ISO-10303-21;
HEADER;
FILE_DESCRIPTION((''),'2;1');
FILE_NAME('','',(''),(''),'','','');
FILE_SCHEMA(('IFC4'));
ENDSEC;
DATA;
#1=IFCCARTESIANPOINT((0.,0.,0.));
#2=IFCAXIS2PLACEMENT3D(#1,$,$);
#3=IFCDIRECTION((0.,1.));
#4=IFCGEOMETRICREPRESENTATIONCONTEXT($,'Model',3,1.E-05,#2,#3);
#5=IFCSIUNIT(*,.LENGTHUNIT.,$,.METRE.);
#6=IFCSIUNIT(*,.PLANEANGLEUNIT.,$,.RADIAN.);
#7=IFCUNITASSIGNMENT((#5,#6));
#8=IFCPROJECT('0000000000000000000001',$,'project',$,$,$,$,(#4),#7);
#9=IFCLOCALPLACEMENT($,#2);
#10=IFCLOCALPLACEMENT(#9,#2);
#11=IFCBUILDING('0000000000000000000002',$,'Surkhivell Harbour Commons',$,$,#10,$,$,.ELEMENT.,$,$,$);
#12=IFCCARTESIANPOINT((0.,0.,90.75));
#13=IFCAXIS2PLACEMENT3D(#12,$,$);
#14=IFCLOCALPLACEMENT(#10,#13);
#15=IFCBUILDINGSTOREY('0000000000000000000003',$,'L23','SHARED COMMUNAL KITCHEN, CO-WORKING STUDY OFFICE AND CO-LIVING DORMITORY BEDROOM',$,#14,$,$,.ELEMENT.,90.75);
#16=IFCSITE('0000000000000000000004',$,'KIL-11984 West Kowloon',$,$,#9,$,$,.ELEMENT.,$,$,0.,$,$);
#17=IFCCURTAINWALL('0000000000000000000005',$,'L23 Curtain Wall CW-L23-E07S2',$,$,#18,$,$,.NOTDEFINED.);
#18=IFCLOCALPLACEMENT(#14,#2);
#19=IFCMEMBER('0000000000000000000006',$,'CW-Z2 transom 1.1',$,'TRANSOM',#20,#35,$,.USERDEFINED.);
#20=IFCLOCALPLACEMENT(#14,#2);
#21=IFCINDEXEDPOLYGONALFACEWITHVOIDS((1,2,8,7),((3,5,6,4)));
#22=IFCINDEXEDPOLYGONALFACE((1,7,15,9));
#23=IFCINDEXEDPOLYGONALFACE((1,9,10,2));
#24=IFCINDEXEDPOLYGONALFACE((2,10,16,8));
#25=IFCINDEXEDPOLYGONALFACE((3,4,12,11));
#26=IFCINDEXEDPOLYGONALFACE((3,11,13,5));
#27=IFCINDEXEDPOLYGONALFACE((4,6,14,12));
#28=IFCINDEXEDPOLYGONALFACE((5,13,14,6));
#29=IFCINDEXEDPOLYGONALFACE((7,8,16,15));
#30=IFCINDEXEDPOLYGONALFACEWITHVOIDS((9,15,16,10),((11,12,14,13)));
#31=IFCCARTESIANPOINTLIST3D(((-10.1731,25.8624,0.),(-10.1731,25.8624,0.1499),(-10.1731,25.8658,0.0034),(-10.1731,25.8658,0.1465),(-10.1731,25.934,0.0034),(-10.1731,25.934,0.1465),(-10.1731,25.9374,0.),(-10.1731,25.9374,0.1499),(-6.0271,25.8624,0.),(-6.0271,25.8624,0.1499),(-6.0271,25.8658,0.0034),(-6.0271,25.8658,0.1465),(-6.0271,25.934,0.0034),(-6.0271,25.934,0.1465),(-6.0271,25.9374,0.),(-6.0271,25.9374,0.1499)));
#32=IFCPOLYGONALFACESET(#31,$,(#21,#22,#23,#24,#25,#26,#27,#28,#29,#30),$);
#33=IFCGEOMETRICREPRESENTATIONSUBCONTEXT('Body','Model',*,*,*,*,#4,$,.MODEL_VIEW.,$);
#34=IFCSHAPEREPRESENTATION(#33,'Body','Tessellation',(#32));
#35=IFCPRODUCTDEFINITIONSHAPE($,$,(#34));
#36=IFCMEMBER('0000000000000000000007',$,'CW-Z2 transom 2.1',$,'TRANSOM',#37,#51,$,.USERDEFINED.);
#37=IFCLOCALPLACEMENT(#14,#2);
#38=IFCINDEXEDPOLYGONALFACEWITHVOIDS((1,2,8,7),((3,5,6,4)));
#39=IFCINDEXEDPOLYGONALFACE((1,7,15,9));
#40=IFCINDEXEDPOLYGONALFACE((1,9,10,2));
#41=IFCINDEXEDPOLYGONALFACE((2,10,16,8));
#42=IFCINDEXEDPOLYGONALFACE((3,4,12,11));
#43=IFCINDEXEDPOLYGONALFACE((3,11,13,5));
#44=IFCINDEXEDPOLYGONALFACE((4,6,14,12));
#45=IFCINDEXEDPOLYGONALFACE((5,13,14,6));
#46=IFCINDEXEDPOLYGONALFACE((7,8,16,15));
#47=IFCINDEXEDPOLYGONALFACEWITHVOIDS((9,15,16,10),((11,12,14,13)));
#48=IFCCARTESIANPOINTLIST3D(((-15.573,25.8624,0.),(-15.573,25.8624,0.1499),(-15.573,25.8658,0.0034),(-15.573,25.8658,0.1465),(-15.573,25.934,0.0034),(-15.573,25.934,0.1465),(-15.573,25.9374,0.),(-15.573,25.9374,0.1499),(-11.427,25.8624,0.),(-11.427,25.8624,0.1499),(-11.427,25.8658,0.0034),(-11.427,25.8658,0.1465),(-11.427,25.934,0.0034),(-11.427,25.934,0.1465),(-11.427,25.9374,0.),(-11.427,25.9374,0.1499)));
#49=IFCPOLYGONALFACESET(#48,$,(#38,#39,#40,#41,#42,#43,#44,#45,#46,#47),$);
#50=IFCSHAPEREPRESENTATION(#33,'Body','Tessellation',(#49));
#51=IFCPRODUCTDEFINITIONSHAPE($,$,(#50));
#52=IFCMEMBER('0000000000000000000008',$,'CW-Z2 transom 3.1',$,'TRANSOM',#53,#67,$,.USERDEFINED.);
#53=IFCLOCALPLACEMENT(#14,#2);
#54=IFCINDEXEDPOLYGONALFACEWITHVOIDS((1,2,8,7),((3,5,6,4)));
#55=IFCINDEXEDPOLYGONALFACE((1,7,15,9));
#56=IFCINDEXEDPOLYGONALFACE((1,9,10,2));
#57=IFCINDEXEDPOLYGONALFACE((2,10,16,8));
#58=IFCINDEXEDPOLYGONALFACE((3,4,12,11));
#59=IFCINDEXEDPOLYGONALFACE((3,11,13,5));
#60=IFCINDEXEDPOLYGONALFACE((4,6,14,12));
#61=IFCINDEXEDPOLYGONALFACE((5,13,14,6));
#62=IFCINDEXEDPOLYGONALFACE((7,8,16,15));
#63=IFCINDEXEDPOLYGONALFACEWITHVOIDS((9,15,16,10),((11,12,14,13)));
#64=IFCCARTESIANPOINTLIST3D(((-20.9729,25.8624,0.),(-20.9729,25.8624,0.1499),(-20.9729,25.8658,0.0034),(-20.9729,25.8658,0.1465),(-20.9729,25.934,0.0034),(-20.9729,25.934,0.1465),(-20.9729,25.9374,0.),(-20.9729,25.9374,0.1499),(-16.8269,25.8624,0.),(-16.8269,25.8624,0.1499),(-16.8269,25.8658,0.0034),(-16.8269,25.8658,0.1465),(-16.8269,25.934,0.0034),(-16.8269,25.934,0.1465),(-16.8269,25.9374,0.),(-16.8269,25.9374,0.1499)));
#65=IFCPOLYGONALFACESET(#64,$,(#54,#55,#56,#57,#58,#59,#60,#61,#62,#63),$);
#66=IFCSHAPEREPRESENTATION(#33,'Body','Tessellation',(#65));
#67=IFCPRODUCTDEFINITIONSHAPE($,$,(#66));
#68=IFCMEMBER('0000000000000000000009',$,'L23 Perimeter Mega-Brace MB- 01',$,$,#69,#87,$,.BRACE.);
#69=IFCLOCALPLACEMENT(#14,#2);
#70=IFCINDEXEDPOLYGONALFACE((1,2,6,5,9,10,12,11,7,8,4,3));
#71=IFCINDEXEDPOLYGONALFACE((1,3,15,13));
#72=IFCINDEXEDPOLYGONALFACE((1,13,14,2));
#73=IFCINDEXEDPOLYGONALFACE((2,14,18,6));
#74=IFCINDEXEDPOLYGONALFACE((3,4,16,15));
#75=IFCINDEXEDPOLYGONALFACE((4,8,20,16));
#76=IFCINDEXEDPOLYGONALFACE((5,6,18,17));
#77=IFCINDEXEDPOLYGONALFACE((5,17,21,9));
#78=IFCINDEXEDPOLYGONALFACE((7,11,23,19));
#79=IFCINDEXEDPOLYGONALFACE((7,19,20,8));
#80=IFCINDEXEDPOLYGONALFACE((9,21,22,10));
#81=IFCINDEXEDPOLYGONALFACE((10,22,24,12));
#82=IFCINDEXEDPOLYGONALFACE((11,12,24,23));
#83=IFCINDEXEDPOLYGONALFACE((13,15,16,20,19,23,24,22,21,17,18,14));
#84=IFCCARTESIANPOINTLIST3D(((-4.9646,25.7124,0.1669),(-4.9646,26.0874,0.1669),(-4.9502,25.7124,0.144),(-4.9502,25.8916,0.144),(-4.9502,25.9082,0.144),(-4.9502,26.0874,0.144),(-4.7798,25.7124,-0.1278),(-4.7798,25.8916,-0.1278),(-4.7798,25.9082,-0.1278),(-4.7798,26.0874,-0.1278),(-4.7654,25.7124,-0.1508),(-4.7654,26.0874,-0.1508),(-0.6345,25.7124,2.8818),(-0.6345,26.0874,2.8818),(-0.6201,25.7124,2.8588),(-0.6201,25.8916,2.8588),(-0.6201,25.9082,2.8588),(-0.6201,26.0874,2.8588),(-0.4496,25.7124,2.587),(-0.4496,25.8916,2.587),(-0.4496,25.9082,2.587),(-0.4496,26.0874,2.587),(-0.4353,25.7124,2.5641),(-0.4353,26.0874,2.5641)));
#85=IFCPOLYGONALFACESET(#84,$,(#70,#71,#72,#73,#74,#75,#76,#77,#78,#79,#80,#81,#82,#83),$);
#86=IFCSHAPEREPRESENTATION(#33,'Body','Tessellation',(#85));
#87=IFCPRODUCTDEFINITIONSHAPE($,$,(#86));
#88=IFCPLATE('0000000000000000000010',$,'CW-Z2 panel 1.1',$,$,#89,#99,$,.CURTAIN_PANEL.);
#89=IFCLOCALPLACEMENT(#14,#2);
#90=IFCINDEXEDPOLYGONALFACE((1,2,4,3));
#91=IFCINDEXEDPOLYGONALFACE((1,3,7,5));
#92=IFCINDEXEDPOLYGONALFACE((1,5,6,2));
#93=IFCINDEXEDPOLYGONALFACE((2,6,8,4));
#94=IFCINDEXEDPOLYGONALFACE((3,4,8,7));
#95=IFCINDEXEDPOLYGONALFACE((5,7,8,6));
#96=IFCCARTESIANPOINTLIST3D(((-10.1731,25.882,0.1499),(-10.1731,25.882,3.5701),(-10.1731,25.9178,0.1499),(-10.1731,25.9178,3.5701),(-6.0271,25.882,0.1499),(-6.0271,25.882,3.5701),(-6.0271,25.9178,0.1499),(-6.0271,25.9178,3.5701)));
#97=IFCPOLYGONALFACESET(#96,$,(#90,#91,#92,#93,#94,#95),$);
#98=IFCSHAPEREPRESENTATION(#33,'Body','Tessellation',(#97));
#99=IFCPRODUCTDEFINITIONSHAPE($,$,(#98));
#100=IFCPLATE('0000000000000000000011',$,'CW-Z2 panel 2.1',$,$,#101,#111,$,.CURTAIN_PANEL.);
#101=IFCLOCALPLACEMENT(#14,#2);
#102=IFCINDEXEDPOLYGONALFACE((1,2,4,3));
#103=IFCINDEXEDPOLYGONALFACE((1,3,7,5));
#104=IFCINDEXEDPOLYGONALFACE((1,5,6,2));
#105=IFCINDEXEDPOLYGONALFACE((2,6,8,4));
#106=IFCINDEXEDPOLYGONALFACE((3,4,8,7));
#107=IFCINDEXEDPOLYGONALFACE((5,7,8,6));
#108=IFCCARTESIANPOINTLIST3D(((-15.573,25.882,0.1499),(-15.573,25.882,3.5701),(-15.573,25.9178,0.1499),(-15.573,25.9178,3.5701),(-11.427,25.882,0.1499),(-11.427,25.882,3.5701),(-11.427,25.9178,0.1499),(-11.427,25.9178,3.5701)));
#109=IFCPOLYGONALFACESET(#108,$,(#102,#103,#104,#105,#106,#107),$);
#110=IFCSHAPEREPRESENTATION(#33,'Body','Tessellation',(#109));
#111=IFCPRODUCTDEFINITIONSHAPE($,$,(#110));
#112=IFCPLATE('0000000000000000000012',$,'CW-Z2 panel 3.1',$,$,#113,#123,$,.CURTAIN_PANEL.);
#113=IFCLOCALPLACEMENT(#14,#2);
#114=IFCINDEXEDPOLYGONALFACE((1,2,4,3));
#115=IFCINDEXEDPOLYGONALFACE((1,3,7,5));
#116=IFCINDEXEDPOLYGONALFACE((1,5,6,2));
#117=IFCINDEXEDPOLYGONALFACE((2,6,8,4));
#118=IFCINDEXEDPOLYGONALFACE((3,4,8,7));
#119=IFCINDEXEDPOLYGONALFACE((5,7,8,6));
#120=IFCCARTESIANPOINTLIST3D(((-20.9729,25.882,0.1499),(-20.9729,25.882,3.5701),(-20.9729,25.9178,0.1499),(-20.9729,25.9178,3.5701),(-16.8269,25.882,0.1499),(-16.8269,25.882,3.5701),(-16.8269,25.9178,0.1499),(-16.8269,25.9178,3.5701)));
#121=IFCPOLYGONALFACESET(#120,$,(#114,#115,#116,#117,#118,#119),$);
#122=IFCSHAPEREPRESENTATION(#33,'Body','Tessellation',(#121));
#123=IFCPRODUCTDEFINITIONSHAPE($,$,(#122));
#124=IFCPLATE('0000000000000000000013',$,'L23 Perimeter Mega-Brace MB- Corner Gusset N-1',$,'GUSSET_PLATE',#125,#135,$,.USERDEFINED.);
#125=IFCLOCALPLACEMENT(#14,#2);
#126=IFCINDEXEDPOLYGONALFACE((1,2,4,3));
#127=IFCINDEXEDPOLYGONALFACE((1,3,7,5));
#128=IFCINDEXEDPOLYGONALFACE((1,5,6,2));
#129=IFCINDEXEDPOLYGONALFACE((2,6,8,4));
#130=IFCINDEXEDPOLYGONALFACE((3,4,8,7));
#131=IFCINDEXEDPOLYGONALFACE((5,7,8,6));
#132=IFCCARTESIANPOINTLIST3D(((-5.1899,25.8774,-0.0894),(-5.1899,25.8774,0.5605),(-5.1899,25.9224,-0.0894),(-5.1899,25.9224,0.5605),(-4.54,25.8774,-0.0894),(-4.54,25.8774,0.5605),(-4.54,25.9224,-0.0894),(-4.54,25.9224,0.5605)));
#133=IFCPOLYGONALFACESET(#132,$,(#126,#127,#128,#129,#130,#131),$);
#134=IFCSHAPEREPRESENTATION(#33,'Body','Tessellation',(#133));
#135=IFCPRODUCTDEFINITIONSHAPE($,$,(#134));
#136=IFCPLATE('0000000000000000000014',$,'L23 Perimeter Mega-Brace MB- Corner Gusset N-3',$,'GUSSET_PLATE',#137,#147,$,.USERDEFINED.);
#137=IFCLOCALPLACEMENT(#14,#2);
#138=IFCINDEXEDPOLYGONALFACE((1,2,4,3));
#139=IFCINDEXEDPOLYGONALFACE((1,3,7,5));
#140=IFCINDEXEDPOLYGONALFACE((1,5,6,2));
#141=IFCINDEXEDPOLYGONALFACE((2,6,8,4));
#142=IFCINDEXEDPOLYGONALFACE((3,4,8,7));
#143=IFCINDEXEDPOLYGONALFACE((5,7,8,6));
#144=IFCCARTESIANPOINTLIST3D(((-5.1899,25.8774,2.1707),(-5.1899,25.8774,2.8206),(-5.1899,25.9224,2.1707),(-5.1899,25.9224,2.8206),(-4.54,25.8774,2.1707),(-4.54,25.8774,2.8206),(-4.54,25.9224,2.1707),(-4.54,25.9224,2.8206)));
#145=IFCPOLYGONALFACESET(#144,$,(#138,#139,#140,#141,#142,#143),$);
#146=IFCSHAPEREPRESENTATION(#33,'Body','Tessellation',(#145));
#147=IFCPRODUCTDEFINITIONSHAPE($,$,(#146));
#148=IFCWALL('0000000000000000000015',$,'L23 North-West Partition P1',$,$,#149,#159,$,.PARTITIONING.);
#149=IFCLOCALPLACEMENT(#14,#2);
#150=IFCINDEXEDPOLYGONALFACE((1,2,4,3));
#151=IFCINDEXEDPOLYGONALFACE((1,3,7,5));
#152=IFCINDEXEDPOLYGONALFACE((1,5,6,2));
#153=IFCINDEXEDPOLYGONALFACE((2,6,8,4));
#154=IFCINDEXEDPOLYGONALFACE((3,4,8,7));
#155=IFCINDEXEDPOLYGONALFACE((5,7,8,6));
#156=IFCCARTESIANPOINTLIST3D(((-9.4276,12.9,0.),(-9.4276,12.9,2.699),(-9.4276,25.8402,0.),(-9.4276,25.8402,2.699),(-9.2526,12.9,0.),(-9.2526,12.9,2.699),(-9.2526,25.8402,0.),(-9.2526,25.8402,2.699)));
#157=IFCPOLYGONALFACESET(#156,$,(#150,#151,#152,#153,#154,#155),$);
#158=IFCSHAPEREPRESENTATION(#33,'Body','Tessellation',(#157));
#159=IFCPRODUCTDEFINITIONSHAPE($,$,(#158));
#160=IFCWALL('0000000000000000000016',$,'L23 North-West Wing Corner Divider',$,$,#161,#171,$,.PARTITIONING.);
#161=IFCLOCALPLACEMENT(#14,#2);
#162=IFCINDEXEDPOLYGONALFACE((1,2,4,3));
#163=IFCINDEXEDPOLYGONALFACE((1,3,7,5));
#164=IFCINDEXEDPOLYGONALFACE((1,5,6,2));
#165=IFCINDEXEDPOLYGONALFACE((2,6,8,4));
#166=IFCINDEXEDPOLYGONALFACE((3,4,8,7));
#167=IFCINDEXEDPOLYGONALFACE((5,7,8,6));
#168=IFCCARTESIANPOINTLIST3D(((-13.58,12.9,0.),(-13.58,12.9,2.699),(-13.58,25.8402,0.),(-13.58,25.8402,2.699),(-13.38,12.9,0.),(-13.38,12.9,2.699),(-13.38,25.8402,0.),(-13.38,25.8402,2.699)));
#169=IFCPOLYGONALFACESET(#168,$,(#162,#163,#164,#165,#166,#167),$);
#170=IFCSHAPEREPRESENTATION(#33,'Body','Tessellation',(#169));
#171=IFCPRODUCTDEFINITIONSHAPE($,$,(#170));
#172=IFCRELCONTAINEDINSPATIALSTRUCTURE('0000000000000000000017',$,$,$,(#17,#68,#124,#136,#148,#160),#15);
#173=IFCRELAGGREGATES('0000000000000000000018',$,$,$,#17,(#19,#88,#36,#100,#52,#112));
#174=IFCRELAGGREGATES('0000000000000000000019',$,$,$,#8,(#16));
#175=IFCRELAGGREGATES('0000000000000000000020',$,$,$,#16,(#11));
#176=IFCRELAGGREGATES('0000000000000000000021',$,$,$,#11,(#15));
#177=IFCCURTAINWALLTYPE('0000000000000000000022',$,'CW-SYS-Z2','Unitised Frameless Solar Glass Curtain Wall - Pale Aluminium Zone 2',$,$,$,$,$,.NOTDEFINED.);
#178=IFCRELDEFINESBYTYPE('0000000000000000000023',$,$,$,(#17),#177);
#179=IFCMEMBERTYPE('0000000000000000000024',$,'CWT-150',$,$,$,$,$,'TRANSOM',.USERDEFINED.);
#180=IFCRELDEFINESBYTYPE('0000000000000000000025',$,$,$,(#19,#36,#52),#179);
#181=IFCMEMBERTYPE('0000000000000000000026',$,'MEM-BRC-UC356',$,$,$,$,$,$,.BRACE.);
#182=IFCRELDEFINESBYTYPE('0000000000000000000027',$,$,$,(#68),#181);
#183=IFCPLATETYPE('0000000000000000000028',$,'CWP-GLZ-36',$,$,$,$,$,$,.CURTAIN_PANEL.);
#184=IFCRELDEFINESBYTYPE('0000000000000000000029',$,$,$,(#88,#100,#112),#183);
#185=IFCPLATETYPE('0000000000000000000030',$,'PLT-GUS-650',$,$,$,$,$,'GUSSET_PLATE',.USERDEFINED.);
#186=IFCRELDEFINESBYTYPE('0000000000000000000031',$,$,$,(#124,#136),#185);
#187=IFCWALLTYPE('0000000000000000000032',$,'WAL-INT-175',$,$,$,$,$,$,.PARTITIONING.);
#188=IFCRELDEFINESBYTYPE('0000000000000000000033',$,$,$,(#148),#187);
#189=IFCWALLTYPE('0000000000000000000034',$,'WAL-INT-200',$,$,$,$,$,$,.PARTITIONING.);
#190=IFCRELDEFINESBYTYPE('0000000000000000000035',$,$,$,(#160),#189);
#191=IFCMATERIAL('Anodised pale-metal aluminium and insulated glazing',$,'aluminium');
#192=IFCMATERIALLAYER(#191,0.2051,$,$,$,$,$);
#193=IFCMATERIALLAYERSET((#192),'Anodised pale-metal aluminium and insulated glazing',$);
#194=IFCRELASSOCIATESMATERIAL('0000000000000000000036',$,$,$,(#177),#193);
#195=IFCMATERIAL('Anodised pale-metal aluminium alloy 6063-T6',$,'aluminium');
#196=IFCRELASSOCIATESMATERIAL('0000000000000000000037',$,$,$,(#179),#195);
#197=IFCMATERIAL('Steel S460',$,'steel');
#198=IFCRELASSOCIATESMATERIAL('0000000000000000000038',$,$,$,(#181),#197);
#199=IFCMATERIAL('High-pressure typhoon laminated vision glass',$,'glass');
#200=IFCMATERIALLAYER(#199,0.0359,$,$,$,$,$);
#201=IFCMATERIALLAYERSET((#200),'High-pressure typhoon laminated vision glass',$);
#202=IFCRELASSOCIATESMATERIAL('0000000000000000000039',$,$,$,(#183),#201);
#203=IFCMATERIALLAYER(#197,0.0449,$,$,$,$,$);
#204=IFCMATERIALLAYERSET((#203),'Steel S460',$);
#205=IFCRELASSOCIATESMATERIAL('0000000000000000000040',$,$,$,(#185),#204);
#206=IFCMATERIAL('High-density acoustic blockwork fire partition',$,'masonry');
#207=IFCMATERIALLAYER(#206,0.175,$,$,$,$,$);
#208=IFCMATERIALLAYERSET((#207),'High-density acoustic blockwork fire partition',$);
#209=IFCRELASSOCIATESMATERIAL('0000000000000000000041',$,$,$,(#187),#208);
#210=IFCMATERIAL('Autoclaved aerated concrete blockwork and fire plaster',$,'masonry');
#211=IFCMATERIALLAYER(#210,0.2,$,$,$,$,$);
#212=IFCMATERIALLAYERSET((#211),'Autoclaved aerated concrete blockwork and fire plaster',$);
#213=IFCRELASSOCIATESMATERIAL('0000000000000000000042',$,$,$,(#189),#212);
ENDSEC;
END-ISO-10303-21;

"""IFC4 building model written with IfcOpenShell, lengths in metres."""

from ifc_helpers import new_model, si_unit, direction, frame, frame_2d, origin, origin_2d, place, context, subcontext, project, spatial, rectangle, hollow_rectangle, i_section, extrude, material, layer, layer_set, material_profile, profile_set, type_object, element, aggregate, save


model = new_model("IFC4")

# Units and contexts
model_context = context("Model", 3, precision=1e-05, world=origin(), true_north=direction((0.0, 1.0)))
body_context = subcontext(model_context, "Body", "Model", "MODEL_VIEW")
ifc_project = project(units=[si_unit("LENGTHUNIT", "METRE"), si_unit("PLANEANGLEUNIT", "RADIAN")], contexts=[model_context])

# Site, building, storey
site_placement = place(None, origin())
site = spatial("IfcSite", under=ifc_project, at=site_placement, Name="KIL-11984 West Kowloon", CompositionType="ELEMENT", RefElevation=0.0)
building_placement = place(site_placement, origin())
building = spatial("IfcBuilding", under=site, at=building_placement, Name="Surkhivell Harbour Commons", CompositionType="ELEMENT")
storey_placement = place(building_placement, frame((0.0, 0.0, 90.75)))
storey = spatial("IfcBuildingStorey", under=building, at=storey_placement, Name="L23", Description="SHARED COMMUNAL KITCHEN, CO-WORKING STUDY OFFICE AND CO-LIVING DORMITORY BEDROOM", CompositionType="ELEMENT", Elevation=90.75)

# Shared definitions
ifc_material_1 = material(Name="Steel S460", Category="steel")

# Curtain wall, members
ifc_material_2 = material(Name="Anodised pale-metal aluminium and insulated glazing", Category="aluminium")
ifc_layer_1 = layer(ifc_material_2, 0.2051)
ifc_layer_set_1 = layer_set([ifc_layer_1], Name="Anodised pale-metal aluminium and insulated glazing")
curtain_wall_type = type_object("IfcCurtainWallType", Name="CW-SYS-Z2", Description="Unitised Frameless Solar Glass Curtain Wall - Pale Aluminium Zone 2", PredefinedType="NOTDEFINED", material=ifc_layer_set_1)
curtain_wall_placement = place(storey_placement, origin())
curtain_wall = element("IfcCurtainWall", 1, at=curtain_wall_placement, inside=storey, type_object=curtain_wall_type, Name="L23 Curtain Wall CW-L23-E07S2", PredefinedType="NOTDEFINED")
ifc_material_3 = material(Name="Anodised pale-metal aluminium alloy 6063-T6", Category="aluminium")
ifc_material_profile_1 = material_profile(ifc_material_3, hollow_rectangle(XDim=0.075, YDim=0.1499, WallThickness=0.0034, at=origin_2d()), Name="ALU-TRAN-75x150")
ifc_profile_set_1 = profile_set([ifc_material_profile_1], Name="Anodised pale-metal aluminium alloy 6063-T6")
member_type_1 = type_object("IfcMemberType", Name="CWT-150", ElementType="TRANSOM", PredefinedType="USERDEFINED", material=ifc_profile_set_1)
member_1_placement = place(storey_placement, frame((-6.0271, 25.8999, 0.075), z_axis=(-1.0, 0.0, 0.0), x_axis=(0.0, -1.0, 0.0)))
member_1 = element("IfcMember", 2, at=member_1_placement, type_object=member_type_1, Name="CW-Z2 transom 1.1", ObjectType="TRANSOM", PredefinedType="USERDEFINED", context=body_context, shape_type="SweptSolid", body=[
    extrude(hollow_rectangle(XDim=0.075, YDim=0.1499, WallThickness=0.0034, at=origin_2d()), origin(), (0.0, 0.0, 1.0), 4.146),
])
member_2_placement = place(storey_placement, frame((-11.427, 25.8999, 0.075), z_axis=(-1.0, 0.0, 0.0), x_axis=(0.0, -1.0, 0.0)))
member_2 = element("IfcMember", 3, at=member_2_placement, type_object=member_type_1, Name="CW-Z2 transom 2.1", ObjectType="TRANSOM", PredefinedType="USERDEFINED", context=body_context, shape_type="SweptSolid", body=[
    extrude(hollow_rectangle(XDim=0.075, YDim=0.1499, WallThickness=0.0034, at=origin_2d()), origin(), (0.0, 0.0, 1.0), 4.146),
])
member_3_placement = place(storey_placement, frame((-16.8269, 25.8999, 0.075), z_axis=(-1.0, 0.0, 0.0), x_axis=(0.0, -1.0, 0.0)))
member_3 = element("IfcMember", 4, at=member_3_placement, type_object=member_type_1, Name="CW-Z2 transom 3.1", ObjectType="TRANSOM", PredefinedType="USERDEFINED", context=body_context, shape_type="SweptSolid", body=[
    extrude(hollow_rectangle(XDim=0.075, YDim=0.1499, WallThickness=0.0034, at=origin_2d()), origin(), (0.0, 0.0, 1.0), 4.146),
])

# Member
ifc_material_profile_2 = material_profile(ifc_material_1, i_section(OverallWidth=0.375, OverallDepth=0.375, WebThickness=0.0166, FlangeThickness=0.0271, at=origin_2d()), Name="UC356x368x202")
ifc_profile_set_2 = profile_set([ifc_material_profile_2], Name="Steel S460")
member_type_2 = type_object("IfcMemberType", Name="MEM-BRC-UC356", PredefinedType="BRACE", material=ifc_profile_set_2)
member_4_placement = place(storey_placement, frame((-4.865, 25.8999, 0.0081), z_axis=(0.847246, 0.0, 0.531201), x_axis=(0.0, 1.0, 0.0)))
element("IfcMember", 5, at=member_4_placement, inside=storey, type_object=member_type_2, Name="L23 Perimeter Mega-Brace MB- 01", PredefinedType="BRACE", context=body_context, shape_type="SweptSolid", body=[
    extrude(i_section(OverallWidth=0.375, OverallDepth=0.375, WebThickness=0.0166, FlangeThickness=0.0271, at=origin_2d()), origin(), (0.0, 0.0, 1.0), 5.1108),
])

# Plates
ifc_material_4 = material(Name="High-pressure typhoon laminated vision glass", Category="glass")
ifc_layer_2 = layer(ifc_material_4, 0.0359)
ifc_layer_set_2 = layer_set([ifc_layer_2], Name="High-pressure typhoon laminated vision glass")
plate_type_1 = type_object("IfcPlateType", Name="CWP-GLZ-36", PredefinedType="CURTAIN_PANEL", material=ifc_layer_set_2)
plate_1_placement = place(storey_placement, frame((-6.0271, 25.8999, 0.1499), z_axis=(0.0, 0.0, 1.0), x_axis=(-1.0, 0.0, 0.0)))
plate_1 = element("IfcPlate", 6, at=plate_1_placement, type_object=plate_type_1, Name="CW-Z2 panel 1.1", PredefinedType="CURTAIN_PANEL", context=body_context, shape_type="SweptSolid", body=[
    extrude(rectangle(XDim=4.146, YDim=0.0359, at=frame_2d((2.073, 0.0))), origin(), (0.0, 0.0, 1.0), 3.4202),
])
plate_2_placement = place(storey_placement, frame((-11.427, 25.8999, 0.1499), z_axis=(0.0, 0.0, 1.0), x_axis=(-1.0, 0.0, 0.0)))
plate_2 = element("IfcPlate", 7, at=plate_2_placement, type_object=plate_type_1, Name="CW-Z2 panel 2.1", PredefinedType="CURTAIN_PANEL", context=body_context, shape_type="SweptSolid", body=[
    extrude(rectangle(XDim=4.146, YDim=0.0359, at=frame_2d((2.073, 0.0))), origin(), (0.0, 0.0, 1.0), 3.4202),
])
plate_3_placement = place(storey_placement, frame((-16.8269, 25.8999, 0.1499), z_axis=(0.0, 0.0, 1.0), x_axis=(-1.0, 0.0, 0.0)))
plate_3 = element("IfcPlate", 8, at=plate_3_placement, type_object=plate_type_1, Name="CW-Z2 panel 3.1", PredefinedType="CURTAIN_PANEL", context=body_context, shape_type="SweptSolid", body=[
    extrude(rectangle(XDim=4.146, YDim=0.0359, at=frame_2d((2.073, 0.0))), origin(), (0.0, 0.0, 1.0), 3.4202),
])
aggregate(curtain_wall, [member_1, plate_1, member_2, plate_2, member_3, plate_3])

# Plates
ifc_layer_3 = layer(ifc_material_1, 0.0449)
ifc_layer_set_3 = layer_set([ifc_layer_3], Name="Steel S460")
plate_type_2 = type_object("IfcPlateType", Name="PLT-GUS-650", ElementType="GUSSET_PLATE", PredefinedType="USERDEFINED", material=ifc_layer_set_3)
for number, where, z_axis, x_axis, name in (
    (9, (-4.865, 25.8999, -0.0894), (0.0, 0.0, 1.0), (1.0, 0.0, 0.0), "L23 Perimeter Mega-Brace MB- Corner Gusset N-1"),
    (10, (-4.865, 25.8999, 2.1707), (0.0, 0.0, 1.0), (1.0, 0.0, 0.0), "L23 Perimeter Mega-Brace MB- Corner Gusset N-3"),
):
    element("IfcPlate", number, at=place(storey_placement, frame(where, z_axis=z_axis, x_axis=x_axis)), inside=storey, type_object=plate_type_2, Name=name, ObjectType="GUSSET_PLATE", PredefinedType="USERDEFINED", context=body_context, shape_type="SweptSolid", body=[
        extrude(rectangle(XDim=0.6499, YDim=0.0449, at=origin_2d()), origin(), (0.0, 0.0, 1.0), 0.6499),
    ])

# Walls
ifc_material_5 = material(Name="High-density acoustic blockwork fire partition", Category="masonry")
ifc_layer_4 = layer(ifc_material_5, 0.175)
ifc_layer_set_4 = layer_set([ifc_layer_4], Name="High-density acoustic blockwork fire partition")
wall_type_1 = type_object("IfcWallType", Name="WAL-INT-175", PredefinedType="PARTITIONING", material=ifc_layer_set_4)
wall_1_placement = place(storey_placement, frame((-9.3401, 12.8999, 0.0), z_axis=(0.0, 0.0, 1.0), x_axis=(0.0, 1.0, 0.0)))
element("IfcWall", 11, at=wall_1_placement, inside=storey, type_object=wall_type_1, Name="L23 North-West Partition P1", PredefinedType="PARTITIONING", context=body_context, shape_type="SweptSolid", body=[
    extrude(rectangle(XDim=12.9402, YDim=0.175, at=frame_2d((6.4702, 0.0))), origin(), (0.0, 0.0, 1.0), 2.699),
])
ifc_material_6 = material(Name="Autoclaved aerated concrete blockwork and fire plaster", Category="masonry")
ifc_layer_5 = layer(ifc_material_6, 0.2)
ifc_layer_set_5 = layer_set([ifc_layer_5], Name="Autoclaved aerated concrete blockwork and fire plaster")
wall_type_2 = type_object("IfcWallType", Name="WAL-INT-200", PredefinedType="PARTITIONING", material=ifc_layer_set_5)
wall_2_placement = place(storey_placement, frame((-13.48, 12.8999, 0.0), z_axis=(0.0, 0.0, 1.0), x_axis=(0.0, 1.0, 0.0)))
element("IfcWall", 12, at=wall_2_placement, inside=storey, type_object=wall_type_2, Name="L23 North-West Wing Corner Divider", PredefinedType="PARTITIONING", context=body_context, shape_type="SweptSolid", body=[
    extrude(rectangle(XDim=12.9402, YDim=0.2, at=frame_2d((6.4702, 0.0))), origin(), (0.0, 0.0, 1.0), 2.699),
])

save(model, "model.ifc")
